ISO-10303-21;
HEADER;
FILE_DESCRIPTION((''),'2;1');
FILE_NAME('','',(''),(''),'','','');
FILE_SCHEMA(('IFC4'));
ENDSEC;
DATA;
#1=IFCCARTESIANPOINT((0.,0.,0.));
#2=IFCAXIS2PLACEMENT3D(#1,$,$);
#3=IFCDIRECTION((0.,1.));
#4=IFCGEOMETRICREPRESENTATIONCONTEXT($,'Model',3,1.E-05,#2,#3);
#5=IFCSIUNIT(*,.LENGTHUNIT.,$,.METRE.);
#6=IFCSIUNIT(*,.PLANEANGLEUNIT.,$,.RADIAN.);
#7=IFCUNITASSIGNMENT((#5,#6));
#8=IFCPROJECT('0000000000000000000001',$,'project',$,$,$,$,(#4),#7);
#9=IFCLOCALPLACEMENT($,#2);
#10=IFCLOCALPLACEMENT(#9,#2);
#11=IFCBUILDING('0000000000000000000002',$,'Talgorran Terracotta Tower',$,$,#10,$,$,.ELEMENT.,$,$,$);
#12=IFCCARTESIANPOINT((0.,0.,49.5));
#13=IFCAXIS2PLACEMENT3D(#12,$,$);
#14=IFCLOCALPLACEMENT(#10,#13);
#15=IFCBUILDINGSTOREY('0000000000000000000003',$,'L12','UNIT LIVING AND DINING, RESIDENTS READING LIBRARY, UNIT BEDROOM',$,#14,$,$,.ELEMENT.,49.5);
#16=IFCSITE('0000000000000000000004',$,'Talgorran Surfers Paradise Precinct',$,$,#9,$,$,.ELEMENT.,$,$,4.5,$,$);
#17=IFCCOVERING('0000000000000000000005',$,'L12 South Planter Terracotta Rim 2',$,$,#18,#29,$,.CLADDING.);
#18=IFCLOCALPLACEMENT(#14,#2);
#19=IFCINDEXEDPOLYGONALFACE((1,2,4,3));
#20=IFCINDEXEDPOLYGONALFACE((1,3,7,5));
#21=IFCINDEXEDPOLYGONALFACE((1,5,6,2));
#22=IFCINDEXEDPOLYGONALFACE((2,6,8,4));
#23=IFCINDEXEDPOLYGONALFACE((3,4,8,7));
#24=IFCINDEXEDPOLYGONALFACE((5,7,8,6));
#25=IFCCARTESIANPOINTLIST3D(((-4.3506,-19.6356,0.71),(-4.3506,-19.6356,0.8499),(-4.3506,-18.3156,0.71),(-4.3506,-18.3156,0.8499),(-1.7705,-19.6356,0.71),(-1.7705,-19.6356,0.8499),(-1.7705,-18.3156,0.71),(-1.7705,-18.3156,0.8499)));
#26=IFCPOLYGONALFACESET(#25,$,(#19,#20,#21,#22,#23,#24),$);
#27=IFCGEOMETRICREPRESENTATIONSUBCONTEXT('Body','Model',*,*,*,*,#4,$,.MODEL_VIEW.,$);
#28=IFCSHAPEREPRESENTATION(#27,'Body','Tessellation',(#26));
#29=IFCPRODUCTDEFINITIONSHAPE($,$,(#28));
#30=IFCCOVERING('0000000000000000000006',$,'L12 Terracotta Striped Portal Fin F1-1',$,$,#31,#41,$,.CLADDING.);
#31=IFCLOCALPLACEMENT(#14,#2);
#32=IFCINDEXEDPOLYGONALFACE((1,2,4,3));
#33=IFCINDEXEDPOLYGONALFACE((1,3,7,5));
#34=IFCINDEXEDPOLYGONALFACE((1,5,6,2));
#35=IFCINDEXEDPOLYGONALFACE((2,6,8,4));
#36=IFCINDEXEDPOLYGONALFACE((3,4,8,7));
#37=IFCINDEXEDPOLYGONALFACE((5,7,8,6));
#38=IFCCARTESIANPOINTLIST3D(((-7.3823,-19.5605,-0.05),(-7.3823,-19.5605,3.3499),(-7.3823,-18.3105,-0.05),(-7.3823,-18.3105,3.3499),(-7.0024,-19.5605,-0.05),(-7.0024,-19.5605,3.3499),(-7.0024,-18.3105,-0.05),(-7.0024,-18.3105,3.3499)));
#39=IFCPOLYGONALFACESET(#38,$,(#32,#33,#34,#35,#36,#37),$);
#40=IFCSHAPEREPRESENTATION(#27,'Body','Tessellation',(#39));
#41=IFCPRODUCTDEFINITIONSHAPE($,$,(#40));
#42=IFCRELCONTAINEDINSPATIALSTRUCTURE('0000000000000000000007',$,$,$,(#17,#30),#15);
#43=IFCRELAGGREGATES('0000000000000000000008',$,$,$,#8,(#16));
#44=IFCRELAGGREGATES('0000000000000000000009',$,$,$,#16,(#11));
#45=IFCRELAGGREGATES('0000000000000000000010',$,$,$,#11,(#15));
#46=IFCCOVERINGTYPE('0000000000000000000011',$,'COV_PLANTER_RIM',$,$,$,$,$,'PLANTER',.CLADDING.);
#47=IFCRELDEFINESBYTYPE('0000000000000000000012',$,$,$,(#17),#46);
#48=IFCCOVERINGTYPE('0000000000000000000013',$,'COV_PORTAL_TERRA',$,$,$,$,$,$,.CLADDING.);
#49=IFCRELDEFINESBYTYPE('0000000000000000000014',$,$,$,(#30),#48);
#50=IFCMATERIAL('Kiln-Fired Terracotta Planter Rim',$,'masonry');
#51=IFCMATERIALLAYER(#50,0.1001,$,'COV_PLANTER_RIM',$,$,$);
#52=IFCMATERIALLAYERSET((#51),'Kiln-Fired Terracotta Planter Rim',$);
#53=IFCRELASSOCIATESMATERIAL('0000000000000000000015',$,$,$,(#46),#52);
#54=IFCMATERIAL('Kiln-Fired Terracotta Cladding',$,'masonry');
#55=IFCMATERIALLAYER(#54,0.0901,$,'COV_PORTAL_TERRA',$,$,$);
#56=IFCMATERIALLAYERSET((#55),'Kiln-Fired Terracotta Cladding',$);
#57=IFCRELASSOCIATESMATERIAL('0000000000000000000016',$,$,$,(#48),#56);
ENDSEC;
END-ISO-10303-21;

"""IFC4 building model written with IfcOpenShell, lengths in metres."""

from ifc_helpers import new_model, si_unit, direction, frame, origin, origin_2d, place, context, subcontext, project, spatial, rectangle, extrude, material, layer, layer_set, type_object, element, save


model = new_model("IFC4")

# Units and contexts
model_context = context("Model", 3, precision=1e-05, world=origin(), true_north=direction((0.0, 1.0)))
body_context = subcontext(model_context, "Body", "Model", "MODEL_VIEW")
ifc_project = project(units=[si_unit("LENGTHUNIT", "METRE"), si_unit("PLANEANGLEUNIT", "RADIAN")], contexts=[model_context])

# Site, building, storey
site_placement = place(None, origin())
site = spatial("IfcSite", under=ifc_project, at=site_placement, Name="Talgorran Surfers Paradise Precinct", CompositionType="ELEMENT", RefElevation=4.5)
building_placement = place(site_placement, origin())
building = spatial("IfcBuilding", under=site, at=building_placement, Name="Talgorran Terracotta Tower", CompositionType="ELEMENT")
storey_placement = place(building_placement, frame((0.0, 0.0, 49.5)))
storey = spatial("IfcBuildingStorey", under=building, at=storey_placement, Name="L12", Description="UNIT LIVING AND DINING, RESIDENTS READING LIBRARY, UNIT BEDROOM", CompositionType="ELEMENT", Elevation=49.5)

# Coverings
ifc_material_1 = material(Name="Kiln-Fired Terracotta Planter Rim", Category="masonry")
ifc_layer_1 = layer(ifc_material_1, 0.1001, Name="COV_PLANTER_RIM")
ifc_layer_set_1 = layer_set([ifc_layer_1], Name="Kiln-Fired Terracotta Planter Rim")
covering_type_1 = type_object("IfcCoveringType", Name="COV_PLANTER_RIM", ElementType="PLANTER", PredefinedType="CLADDING", material=ifc_layer_set_1)
covering_1_placement = place(storey_placement, frame((-3.0605, -18.9756, 0.71), z_axis=(0.0, 0.0, 1.0), x_axis=(1.0, 0.0, 0.0)))
element("IfcCovering", 1, at=covering_1_placement, inside=storey, type_object=covering_type_1, Name="L12 South Planter Terracotta Rim 2", PredefinedType="CLADDING", context=body_context, shape_type="SweptSolid", body=[
    extrude(rectangle(XDim=2.5801, YDim=1.3201, at=origin_2d()), origin(), (0.0, 0.0, 1.0), 0.1399),
])
ifc_material_2 = material(Name="Kiln-Fired Terracotta Cladding", Category="masonry")
ifc_layer_2 = layer(ifc_material_2, 0.0901, Name="COV_PORTAL_TERRA")
ifc_layer_set_2 = layer_set([ifc_layer_2], Name="Kiln-Fired Terracotta Cladding")
covering_type_2 = type_object("IfcCoveringType", Name="COV_PORTAL_TERRA", PredefinedType="CLADDING", material=ifc_layer_set_2)
covering_2_placement = place(storey_placement, frame((-7.1924, -18.9355, -0.05), z_axis=(0.0, 0.0, 1.0), x_axis=(1.0, 0.0, 0.0)))
element("IfcCovering", 2, at=covering_2_placement, inside=storey, type_object=covering_type_2, Name="L12 Terracotta Striped Portal Fin F1-1", PredefinedType="CLADDING", context=body_context, shape_type="SweptSolid", body=[
    extrude(rectangle(XDim=0.3799, YDim=1.25, at=origin_2d()), origin(), (0.0, 0.0, 1.0), 3.3999),
])

save(model, "model.ifc")
